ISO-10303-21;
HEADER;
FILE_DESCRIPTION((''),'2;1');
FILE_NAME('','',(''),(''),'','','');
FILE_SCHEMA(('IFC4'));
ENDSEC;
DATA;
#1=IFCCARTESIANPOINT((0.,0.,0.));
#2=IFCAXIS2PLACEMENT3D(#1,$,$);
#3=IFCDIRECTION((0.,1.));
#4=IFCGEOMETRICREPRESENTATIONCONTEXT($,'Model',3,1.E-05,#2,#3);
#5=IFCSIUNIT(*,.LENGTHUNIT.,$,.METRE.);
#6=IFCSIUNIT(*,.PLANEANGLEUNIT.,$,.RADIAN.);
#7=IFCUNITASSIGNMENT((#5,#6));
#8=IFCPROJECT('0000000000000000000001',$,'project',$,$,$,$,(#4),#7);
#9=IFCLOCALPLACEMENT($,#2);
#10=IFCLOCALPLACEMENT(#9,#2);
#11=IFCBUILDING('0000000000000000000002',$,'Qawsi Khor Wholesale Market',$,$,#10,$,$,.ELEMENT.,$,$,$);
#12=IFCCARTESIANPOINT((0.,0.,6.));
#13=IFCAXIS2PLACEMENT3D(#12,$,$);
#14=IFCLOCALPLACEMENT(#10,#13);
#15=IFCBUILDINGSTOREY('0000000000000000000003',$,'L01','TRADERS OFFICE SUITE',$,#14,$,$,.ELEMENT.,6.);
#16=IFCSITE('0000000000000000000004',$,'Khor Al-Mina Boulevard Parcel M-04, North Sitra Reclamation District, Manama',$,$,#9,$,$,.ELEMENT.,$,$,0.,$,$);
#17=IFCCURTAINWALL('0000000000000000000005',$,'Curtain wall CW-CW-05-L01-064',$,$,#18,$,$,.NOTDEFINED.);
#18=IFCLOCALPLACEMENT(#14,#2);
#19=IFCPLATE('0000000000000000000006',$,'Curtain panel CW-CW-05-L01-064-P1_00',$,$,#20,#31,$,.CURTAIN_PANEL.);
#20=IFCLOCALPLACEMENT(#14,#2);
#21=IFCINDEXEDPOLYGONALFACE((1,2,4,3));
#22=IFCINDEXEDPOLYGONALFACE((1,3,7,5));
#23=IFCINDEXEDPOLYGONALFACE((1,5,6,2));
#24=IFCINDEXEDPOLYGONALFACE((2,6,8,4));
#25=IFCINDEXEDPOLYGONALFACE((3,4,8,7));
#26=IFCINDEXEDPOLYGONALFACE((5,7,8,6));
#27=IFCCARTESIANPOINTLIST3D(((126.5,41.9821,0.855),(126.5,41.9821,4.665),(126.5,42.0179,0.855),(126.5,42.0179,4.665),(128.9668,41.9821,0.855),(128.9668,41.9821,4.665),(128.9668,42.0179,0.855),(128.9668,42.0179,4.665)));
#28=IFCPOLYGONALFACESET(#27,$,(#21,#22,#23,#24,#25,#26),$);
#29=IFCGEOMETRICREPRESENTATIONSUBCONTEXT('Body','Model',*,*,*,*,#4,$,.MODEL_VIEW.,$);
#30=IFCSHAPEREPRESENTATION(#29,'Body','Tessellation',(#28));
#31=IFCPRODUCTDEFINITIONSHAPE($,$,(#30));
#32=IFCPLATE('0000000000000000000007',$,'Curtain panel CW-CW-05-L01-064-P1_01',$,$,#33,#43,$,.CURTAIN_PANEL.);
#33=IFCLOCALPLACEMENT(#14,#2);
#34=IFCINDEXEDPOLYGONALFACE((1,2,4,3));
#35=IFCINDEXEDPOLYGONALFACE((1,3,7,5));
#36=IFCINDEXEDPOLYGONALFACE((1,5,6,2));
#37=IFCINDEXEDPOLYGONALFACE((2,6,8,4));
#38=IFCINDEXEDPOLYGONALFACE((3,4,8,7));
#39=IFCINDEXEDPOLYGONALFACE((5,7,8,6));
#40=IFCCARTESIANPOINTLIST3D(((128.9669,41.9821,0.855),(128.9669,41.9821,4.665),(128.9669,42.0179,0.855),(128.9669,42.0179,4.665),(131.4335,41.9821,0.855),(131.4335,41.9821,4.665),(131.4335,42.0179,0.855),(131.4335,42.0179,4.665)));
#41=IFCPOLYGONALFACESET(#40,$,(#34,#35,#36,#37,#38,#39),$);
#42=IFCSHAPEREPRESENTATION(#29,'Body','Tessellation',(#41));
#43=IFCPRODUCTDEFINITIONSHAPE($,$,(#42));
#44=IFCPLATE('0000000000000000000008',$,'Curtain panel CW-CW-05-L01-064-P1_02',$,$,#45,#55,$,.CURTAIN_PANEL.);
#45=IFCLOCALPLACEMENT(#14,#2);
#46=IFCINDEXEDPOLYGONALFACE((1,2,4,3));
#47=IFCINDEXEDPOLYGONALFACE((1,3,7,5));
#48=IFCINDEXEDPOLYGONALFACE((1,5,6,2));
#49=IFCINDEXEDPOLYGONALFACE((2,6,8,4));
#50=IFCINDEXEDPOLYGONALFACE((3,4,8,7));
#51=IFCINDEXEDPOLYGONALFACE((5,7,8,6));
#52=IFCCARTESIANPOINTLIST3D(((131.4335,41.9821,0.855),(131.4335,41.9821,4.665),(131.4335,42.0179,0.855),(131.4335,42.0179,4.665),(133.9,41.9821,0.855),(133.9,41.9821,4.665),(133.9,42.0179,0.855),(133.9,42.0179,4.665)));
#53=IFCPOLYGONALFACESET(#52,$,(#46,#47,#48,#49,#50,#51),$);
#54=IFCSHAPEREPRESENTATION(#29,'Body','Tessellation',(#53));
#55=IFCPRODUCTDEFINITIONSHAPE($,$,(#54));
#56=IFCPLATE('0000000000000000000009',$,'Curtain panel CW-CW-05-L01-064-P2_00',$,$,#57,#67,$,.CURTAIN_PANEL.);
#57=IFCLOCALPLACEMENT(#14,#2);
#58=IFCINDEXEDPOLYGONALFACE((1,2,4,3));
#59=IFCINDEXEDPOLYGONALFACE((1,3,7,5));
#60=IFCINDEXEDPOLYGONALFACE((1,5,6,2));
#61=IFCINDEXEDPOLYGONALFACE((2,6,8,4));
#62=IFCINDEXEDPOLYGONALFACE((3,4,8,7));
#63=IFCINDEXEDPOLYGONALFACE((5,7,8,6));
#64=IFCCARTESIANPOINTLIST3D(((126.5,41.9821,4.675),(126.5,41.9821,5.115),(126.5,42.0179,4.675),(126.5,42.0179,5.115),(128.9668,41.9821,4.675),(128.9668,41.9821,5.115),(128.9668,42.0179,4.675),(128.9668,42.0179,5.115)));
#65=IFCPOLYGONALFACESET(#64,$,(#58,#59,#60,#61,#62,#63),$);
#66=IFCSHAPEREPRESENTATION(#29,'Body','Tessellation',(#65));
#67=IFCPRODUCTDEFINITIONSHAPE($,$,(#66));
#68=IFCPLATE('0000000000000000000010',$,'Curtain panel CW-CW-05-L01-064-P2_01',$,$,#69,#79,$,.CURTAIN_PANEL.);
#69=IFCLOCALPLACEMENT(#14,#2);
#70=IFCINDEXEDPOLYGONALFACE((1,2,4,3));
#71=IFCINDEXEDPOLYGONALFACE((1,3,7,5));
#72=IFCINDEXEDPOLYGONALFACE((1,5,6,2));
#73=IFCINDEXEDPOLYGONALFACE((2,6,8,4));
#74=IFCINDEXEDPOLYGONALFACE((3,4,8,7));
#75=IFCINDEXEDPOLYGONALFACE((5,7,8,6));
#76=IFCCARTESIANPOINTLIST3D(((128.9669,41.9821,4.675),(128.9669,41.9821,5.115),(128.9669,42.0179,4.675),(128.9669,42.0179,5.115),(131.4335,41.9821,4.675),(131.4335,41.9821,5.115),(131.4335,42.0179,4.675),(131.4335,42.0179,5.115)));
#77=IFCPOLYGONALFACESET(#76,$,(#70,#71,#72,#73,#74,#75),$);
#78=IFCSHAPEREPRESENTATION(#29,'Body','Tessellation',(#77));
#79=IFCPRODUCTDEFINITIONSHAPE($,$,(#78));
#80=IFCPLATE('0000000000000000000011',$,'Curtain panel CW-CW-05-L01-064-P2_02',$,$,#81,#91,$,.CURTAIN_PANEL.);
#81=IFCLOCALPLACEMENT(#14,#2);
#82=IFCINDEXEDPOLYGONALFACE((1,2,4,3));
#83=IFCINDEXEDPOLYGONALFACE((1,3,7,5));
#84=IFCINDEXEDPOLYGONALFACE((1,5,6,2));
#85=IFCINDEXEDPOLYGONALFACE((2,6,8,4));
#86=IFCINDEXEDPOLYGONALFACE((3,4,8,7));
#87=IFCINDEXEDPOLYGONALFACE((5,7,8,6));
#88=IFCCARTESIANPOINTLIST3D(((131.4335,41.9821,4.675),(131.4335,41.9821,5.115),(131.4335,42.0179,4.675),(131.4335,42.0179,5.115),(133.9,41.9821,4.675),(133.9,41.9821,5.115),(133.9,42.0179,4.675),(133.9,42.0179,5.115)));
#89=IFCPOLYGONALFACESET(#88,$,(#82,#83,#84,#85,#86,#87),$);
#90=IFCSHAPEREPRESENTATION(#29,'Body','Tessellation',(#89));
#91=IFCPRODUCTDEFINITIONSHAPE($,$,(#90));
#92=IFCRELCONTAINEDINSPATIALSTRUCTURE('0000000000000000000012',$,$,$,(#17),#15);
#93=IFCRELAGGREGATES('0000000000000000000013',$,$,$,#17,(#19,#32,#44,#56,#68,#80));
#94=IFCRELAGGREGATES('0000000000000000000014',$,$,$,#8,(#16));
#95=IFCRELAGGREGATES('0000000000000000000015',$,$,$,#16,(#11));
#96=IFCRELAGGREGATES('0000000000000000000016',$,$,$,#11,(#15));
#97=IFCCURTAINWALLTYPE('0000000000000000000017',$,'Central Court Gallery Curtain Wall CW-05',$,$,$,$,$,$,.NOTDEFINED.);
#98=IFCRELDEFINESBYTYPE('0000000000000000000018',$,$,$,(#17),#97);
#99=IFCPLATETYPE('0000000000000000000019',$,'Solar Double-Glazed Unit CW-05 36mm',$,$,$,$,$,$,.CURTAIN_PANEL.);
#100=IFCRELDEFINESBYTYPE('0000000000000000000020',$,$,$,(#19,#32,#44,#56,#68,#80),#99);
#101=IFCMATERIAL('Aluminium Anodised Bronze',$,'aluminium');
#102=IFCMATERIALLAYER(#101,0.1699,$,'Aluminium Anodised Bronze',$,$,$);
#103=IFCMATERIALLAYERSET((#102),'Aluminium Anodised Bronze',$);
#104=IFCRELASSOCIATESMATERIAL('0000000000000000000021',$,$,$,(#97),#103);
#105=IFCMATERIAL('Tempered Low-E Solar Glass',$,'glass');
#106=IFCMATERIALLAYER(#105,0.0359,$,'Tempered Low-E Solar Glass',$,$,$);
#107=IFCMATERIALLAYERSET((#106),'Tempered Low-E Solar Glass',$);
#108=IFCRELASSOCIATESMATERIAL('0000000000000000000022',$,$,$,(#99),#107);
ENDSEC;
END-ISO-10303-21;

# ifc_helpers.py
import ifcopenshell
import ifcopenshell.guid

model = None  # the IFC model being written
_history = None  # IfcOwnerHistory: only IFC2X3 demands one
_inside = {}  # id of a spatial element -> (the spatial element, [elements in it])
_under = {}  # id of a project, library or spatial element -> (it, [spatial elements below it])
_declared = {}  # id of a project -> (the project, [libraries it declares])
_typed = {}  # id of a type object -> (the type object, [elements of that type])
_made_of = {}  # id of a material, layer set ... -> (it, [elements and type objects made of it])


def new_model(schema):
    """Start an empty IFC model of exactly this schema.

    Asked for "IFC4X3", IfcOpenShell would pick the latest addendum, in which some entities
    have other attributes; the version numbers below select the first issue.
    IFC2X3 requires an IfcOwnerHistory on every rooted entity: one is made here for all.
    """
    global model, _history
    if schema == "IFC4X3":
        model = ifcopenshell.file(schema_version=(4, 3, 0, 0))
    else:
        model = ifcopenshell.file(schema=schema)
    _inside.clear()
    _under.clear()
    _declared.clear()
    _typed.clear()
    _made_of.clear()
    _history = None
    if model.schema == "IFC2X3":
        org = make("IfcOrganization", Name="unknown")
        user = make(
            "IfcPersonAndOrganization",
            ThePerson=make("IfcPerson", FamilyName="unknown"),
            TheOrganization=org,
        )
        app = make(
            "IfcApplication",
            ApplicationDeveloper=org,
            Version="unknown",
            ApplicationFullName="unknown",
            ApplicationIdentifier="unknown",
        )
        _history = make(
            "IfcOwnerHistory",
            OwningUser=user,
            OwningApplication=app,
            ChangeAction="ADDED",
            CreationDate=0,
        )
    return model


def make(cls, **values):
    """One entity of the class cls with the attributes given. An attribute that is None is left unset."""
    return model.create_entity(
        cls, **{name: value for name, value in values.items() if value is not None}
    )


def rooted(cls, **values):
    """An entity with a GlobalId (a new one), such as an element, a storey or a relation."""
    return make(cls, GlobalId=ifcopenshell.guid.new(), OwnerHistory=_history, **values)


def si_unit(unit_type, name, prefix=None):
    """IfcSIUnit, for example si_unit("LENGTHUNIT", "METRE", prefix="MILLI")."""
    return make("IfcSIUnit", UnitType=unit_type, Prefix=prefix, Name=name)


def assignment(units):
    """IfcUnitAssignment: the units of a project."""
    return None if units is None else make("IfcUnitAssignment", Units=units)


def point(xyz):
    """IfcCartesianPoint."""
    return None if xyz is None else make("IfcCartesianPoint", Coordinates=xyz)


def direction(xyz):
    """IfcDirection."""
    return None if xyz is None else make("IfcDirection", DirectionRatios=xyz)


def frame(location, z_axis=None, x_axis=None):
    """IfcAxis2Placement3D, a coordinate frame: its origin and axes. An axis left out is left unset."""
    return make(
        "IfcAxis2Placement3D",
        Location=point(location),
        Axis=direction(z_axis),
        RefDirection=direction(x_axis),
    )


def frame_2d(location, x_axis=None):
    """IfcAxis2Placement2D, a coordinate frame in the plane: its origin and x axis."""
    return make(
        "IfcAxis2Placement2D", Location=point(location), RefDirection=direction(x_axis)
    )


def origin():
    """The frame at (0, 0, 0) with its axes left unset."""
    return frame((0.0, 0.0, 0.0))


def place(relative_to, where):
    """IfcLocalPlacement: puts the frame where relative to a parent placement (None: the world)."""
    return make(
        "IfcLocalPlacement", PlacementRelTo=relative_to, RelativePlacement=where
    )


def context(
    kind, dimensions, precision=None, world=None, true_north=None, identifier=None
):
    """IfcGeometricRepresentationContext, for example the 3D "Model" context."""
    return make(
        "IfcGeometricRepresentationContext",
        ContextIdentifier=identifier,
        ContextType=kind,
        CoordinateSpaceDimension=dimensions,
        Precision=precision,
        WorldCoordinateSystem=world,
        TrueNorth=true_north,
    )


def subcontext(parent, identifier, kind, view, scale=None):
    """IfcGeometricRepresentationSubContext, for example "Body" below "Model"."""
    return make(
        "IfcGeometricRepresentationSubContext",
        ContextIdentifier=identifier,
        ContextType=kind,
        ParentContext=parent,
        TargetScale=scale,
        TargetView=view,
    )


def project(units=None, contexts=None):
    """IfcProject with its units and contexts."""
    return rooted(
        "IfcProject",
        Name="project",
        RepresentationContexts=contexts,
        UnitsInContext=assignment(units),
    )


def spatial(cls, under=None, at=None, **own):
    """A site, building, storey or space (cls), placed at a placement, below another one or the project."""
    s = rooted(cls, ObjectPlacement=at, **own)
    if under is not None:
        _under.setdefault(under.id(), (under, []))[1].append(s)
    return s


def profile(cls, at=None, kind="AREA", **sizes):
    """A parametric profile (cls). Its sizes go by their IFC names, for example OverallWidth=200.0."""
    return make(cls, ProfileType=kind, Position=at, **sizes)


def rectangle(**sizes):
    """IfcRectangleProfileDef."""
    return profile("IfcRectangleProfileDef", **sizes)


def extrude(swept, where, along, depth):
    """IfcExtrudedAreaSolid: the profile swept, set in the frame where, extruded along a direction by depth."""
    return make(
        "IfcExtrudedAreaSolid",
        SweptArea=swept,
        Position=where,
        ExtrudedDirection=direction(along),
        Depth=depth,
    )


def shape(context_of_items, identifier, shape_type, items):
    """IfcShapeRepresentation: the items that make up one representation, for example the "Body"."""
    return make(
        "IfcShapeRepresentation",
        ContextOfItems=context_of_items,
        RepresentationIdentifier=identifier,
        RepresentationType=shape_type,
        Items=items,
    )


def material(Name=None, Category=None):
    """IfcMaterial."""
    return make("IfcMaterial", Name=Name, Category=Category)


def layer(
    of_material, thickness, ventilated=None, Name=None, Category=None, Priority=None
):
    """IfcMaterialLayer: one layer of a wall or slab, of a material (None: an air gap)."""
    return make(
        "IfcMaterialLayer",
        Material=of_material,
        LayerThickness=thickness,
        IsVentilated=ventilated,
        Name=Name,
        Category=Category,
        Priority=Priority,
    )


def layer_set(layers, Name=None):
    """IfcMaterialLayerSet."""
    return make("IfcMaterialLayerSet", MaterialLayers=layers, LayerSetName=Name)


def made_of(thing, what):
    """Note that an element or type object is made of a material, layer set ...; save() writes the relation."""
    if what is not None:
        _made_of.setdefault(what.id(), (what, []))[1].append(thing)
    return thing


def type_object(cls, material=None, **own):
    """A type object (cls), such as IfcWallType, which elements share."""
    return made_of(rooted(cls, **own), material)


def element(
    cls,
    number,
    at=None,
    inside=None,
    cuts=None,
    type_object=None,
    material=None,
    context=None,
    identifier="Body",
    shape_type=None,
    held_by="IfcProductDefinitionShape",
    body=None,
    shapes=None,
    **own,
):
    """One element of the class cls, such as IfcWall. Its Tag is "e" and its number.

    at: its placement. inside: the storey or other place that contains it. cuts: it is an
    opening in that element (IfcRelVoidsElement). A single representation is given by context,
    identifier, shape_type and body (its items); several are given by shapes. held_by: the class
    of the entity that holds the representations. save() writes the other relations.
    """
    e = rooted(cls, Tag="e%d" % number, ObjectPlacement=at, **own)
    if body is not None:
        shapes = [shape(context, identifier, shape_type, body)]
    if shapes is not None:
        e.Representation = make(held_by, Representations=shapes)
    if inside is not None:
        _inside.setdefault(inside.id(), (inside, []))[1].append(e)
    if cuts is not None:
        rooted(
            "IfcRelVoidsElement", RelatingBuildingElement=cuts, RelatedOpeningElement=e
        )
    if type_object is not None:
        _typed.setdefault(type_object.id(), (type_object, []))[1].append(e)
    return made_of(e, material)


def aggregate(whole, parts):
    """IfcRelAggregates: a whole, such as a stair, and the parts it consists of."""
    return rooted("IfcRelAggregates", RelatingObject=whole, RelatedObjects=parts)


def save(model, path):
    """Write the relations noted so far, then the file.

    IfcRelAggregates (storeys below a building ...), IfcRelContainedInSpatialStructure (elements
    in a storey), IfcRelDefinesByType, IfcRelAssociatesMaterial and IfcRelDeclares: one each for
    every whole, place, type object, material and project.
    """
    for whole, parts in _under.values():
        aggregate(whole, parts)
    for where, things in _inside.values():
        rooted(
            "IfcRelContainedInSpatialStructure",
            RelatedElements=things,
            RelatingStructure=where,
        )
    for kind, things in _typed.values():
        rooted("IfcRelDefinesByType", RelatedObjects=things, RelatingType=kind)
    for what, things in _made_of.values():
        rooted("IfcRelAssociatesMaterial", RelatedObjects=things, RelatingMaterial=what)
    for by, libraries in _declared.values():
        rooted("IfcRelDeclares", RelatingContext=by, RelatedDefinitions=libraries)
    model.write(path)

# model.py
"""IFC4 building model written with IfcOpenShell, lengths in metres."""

from ifc_helpers import new_model, si_unit, direction, frame, frame_2d, origin, place, context, subcontext, project, spatial, rectangle, extrude, material, layer, layer_set, type_object, element, aggregate, save


model = new_model("IFC4")

# Units and contexts
model_context = context("Model", 3, precision=1e-05, world=origin(), true_north=direction((0.0, 1.0)))
body_context = subcontext(model_context, "Body", "Model", "MODEL_VIEW")
ifc_project = project(units=[si_unit("LENGTHUNIT", "METRE"), si_unit("PLANEANGLEUNIT", "RADIAN")], contexts=[model_context])

# Site, building, storey
site_placement = place(None, origin())
site = spatial("IfcSite", under=ifc_project, at=site_placement, Name="Khor Al-Mina Boulevard Parcel M-04, North Sitra Reclamation District, Manama", CompositionType="ELEMENT", RefElevation=0.0)
building_placement = place(site_placement, origin())
building = spatial("IfcBuilding", under=site, at=building_placement, Name="Qawsi Khor Wholesale Market", CompositionType="ELEMENT")
storey_placement = place(building_placement, frame((0.0, 0.0, 6.0)))
storey = spatial("IfcBuildingStorey", under=building, at=storey_placement, Name="L01", Description="TRADERS OFFICE SUITE", CompositionType="ELEMENT", Elevation=6.0)

# Curtain wall
ifc_material_1 = material(Name="Aluminium Anodised Bronze", Category="aluminium")
ifc_layer_1 = layer(ifc_material_1, 0.1699, Name="Aluminium Anodised Bronze")
ifc_layer_set_1 = layer_set([ifc_layer_1], Name="Aluminium Anodised Bronze")
curtain_wall_type = type_object("IfcCurtainWallType", Name="Central Court Gallery Curtain Wall CW-05", PredefinedType="NOTDEFINED", material=ifc_layer_set_1)
curtain_wall_1_placement = place(storey_placement, origin())
curtain_wall_1 = element("IfcCurtainWall", 1, at=curtain_wall_1_placement, inside=storey, type_object=curtain_wall_type, Name="Curtain wall CW-CW-05-L01-064", PredefinedType="NOTDEFINED")

# Plates
ifc_material_2 = material(Name="Tempered Low-E Solar Glass", Category="glass")
ifc_layer_2 = layer(ifc_material_2, 0.0359, Name="Tempered Low-E Solar Glass")
ifc_layer_set_2 = layer_set([ifc_layer_2], Name="Tempered Low-E Solar Glass")
plate_type_1 = type_object("IfcPlateType", Name="Solar Double-Glazed Unit CW-05 36mm", PredefinedType="CURTAIN_PANEL", material=ifc_layer_set_2)
plate_1_placement = place(storey_placement, frame((126.5, 42.0, 0.855), z_axis=(0.0, 0.0, 1.0), x_axis=(1.0, 0.0, 0.0)))
plate_1 = element("IfcPlate", 2, at=plate_1_placement, type_object=plate_type_1, Name="Curtain panel CW-CW-05-L01-064-P1_00", PredefinedType="CURTAIN_PANEL", context=body_context, shape_type="SweptSolid", body=[
    extrude(rectangle(XDim=2.4668, YDim=0.0359, at=frame_2d((1.2334, 0.0))), origin(), (0.0, 0.0, 1.0), 3.8101),
])
plate_2_placement = place(storey_placement, frame((128.9668, 42.0, 0.855), z_axis=(0.0, 0.0, 1.0), x_axis=(1.0, 0.0, 0.0)))
plate_2 = element("IfcPlate", 3, at=plate_2_placement, type_object=plate_type_1, Name="Curtain panel CW-CW-05-L01-064-P1_01", PredefinedType="CURTAIN_PANEL", context=body_context, shape_type="SweptSolid", body=[
    extrude(rectangle(XDim=2.4666, YDim=0.0359, at=frame_2d((1.2334, 0.0))), origin(), (0.0, 0.0, 1.0), 3.8101),
])
plate_3_placement = place(storey_placement, frame((131.4333, 42.0, 0.855), z_axis=(0.0, 0.0, 1.0), x_axis=(1.0, 0.0, 0.0)))
plate_3 = element("IfcPlate", 4, at=plate_3_placement, type_object=plate_type_1, Name="Curtain panel CW-CW-05-L01-064-P1_02", PredefinedType="CURTAIN_PANEL", context=body_context, shape_type="SweptSolid", body=[
    extrude(rectangle(XDim=2.4666, YDim=0.0359, at=frame_2d((1.2334, 0.0))), origin(), (0.0, 0.0, 1.0), 3.8101),
])
plate_4_placement = place(storey_placement, frame((126.5, 42.0, 4.675), z_axis=(0.0, 0.0, 1.0), x_axis=(1.0, 0.0, 0.0)))
plate_4 = element("IfcPlate", 5, at=plate_4_placement, type_object=plate_type_1, Name="Curtain panel CW-CW-05-L01-064-P2_00", PredefinedType="CURTAIN_PANEL", context=body_context, shape_type="SweptSolid", body=[
    extrude(rectangle(XDim=2.4668, YDim=0.0359, at=frame_2d((1.2334, 0.0))), origin(), (0.0, 0.0, 1.0), 0.4399),
])
plate_5_placement = place(storey_placement, frame((128.9668, 42.0, 4.675), z_axis=(0.0, 0.0, 1.0), x_axis=(1.0, 0.0, 0.0)))
plate_5 = element("IfcPlate", 6, at=plate_5_placement, type_object=plate_type_1, Name="Curtain panel CW-CW-05-L01-064-P2_01", PredefinedType="CURTAIN_PANEL", context=body_context, shape_type="SweptSolid", body=[
    extrude(rectangle(XDim=2.4666, YDim=0.0359, at=frame_2d((1.2334, 0.0))), origin(), (0.0, 0.0, 1.0), 0.4399),
])
plate_6_placement = place(storey_placement, frame((131.4333, 42.0, 4.675), z_axis=(0.0, 0.0, 1.0), x_axis=(1.0, 0.0, 0.0)))
plate_6 = element("IfcPlate", 7, at=plate_6_placement, type_object=plate_type_1, Name="Curtain panel CW-CW-05-L01-064-P2_02", PredefinedType="CURTAIN_PANEL", context=body_context, shape_type="SweptSolid", body=[
    extrude(rectangle(XDim=2.4666, YDim=0.0359, at=frame_2d((1.2334, 0.0))), origin(), (0.0, 0.0, 1.0), 0.4399),
])
aggregate(curtain_wall_1, [plate_1, plate_2, plate_3, plate_4, plate_5, plate_6])

save(model, "model.ifc")
